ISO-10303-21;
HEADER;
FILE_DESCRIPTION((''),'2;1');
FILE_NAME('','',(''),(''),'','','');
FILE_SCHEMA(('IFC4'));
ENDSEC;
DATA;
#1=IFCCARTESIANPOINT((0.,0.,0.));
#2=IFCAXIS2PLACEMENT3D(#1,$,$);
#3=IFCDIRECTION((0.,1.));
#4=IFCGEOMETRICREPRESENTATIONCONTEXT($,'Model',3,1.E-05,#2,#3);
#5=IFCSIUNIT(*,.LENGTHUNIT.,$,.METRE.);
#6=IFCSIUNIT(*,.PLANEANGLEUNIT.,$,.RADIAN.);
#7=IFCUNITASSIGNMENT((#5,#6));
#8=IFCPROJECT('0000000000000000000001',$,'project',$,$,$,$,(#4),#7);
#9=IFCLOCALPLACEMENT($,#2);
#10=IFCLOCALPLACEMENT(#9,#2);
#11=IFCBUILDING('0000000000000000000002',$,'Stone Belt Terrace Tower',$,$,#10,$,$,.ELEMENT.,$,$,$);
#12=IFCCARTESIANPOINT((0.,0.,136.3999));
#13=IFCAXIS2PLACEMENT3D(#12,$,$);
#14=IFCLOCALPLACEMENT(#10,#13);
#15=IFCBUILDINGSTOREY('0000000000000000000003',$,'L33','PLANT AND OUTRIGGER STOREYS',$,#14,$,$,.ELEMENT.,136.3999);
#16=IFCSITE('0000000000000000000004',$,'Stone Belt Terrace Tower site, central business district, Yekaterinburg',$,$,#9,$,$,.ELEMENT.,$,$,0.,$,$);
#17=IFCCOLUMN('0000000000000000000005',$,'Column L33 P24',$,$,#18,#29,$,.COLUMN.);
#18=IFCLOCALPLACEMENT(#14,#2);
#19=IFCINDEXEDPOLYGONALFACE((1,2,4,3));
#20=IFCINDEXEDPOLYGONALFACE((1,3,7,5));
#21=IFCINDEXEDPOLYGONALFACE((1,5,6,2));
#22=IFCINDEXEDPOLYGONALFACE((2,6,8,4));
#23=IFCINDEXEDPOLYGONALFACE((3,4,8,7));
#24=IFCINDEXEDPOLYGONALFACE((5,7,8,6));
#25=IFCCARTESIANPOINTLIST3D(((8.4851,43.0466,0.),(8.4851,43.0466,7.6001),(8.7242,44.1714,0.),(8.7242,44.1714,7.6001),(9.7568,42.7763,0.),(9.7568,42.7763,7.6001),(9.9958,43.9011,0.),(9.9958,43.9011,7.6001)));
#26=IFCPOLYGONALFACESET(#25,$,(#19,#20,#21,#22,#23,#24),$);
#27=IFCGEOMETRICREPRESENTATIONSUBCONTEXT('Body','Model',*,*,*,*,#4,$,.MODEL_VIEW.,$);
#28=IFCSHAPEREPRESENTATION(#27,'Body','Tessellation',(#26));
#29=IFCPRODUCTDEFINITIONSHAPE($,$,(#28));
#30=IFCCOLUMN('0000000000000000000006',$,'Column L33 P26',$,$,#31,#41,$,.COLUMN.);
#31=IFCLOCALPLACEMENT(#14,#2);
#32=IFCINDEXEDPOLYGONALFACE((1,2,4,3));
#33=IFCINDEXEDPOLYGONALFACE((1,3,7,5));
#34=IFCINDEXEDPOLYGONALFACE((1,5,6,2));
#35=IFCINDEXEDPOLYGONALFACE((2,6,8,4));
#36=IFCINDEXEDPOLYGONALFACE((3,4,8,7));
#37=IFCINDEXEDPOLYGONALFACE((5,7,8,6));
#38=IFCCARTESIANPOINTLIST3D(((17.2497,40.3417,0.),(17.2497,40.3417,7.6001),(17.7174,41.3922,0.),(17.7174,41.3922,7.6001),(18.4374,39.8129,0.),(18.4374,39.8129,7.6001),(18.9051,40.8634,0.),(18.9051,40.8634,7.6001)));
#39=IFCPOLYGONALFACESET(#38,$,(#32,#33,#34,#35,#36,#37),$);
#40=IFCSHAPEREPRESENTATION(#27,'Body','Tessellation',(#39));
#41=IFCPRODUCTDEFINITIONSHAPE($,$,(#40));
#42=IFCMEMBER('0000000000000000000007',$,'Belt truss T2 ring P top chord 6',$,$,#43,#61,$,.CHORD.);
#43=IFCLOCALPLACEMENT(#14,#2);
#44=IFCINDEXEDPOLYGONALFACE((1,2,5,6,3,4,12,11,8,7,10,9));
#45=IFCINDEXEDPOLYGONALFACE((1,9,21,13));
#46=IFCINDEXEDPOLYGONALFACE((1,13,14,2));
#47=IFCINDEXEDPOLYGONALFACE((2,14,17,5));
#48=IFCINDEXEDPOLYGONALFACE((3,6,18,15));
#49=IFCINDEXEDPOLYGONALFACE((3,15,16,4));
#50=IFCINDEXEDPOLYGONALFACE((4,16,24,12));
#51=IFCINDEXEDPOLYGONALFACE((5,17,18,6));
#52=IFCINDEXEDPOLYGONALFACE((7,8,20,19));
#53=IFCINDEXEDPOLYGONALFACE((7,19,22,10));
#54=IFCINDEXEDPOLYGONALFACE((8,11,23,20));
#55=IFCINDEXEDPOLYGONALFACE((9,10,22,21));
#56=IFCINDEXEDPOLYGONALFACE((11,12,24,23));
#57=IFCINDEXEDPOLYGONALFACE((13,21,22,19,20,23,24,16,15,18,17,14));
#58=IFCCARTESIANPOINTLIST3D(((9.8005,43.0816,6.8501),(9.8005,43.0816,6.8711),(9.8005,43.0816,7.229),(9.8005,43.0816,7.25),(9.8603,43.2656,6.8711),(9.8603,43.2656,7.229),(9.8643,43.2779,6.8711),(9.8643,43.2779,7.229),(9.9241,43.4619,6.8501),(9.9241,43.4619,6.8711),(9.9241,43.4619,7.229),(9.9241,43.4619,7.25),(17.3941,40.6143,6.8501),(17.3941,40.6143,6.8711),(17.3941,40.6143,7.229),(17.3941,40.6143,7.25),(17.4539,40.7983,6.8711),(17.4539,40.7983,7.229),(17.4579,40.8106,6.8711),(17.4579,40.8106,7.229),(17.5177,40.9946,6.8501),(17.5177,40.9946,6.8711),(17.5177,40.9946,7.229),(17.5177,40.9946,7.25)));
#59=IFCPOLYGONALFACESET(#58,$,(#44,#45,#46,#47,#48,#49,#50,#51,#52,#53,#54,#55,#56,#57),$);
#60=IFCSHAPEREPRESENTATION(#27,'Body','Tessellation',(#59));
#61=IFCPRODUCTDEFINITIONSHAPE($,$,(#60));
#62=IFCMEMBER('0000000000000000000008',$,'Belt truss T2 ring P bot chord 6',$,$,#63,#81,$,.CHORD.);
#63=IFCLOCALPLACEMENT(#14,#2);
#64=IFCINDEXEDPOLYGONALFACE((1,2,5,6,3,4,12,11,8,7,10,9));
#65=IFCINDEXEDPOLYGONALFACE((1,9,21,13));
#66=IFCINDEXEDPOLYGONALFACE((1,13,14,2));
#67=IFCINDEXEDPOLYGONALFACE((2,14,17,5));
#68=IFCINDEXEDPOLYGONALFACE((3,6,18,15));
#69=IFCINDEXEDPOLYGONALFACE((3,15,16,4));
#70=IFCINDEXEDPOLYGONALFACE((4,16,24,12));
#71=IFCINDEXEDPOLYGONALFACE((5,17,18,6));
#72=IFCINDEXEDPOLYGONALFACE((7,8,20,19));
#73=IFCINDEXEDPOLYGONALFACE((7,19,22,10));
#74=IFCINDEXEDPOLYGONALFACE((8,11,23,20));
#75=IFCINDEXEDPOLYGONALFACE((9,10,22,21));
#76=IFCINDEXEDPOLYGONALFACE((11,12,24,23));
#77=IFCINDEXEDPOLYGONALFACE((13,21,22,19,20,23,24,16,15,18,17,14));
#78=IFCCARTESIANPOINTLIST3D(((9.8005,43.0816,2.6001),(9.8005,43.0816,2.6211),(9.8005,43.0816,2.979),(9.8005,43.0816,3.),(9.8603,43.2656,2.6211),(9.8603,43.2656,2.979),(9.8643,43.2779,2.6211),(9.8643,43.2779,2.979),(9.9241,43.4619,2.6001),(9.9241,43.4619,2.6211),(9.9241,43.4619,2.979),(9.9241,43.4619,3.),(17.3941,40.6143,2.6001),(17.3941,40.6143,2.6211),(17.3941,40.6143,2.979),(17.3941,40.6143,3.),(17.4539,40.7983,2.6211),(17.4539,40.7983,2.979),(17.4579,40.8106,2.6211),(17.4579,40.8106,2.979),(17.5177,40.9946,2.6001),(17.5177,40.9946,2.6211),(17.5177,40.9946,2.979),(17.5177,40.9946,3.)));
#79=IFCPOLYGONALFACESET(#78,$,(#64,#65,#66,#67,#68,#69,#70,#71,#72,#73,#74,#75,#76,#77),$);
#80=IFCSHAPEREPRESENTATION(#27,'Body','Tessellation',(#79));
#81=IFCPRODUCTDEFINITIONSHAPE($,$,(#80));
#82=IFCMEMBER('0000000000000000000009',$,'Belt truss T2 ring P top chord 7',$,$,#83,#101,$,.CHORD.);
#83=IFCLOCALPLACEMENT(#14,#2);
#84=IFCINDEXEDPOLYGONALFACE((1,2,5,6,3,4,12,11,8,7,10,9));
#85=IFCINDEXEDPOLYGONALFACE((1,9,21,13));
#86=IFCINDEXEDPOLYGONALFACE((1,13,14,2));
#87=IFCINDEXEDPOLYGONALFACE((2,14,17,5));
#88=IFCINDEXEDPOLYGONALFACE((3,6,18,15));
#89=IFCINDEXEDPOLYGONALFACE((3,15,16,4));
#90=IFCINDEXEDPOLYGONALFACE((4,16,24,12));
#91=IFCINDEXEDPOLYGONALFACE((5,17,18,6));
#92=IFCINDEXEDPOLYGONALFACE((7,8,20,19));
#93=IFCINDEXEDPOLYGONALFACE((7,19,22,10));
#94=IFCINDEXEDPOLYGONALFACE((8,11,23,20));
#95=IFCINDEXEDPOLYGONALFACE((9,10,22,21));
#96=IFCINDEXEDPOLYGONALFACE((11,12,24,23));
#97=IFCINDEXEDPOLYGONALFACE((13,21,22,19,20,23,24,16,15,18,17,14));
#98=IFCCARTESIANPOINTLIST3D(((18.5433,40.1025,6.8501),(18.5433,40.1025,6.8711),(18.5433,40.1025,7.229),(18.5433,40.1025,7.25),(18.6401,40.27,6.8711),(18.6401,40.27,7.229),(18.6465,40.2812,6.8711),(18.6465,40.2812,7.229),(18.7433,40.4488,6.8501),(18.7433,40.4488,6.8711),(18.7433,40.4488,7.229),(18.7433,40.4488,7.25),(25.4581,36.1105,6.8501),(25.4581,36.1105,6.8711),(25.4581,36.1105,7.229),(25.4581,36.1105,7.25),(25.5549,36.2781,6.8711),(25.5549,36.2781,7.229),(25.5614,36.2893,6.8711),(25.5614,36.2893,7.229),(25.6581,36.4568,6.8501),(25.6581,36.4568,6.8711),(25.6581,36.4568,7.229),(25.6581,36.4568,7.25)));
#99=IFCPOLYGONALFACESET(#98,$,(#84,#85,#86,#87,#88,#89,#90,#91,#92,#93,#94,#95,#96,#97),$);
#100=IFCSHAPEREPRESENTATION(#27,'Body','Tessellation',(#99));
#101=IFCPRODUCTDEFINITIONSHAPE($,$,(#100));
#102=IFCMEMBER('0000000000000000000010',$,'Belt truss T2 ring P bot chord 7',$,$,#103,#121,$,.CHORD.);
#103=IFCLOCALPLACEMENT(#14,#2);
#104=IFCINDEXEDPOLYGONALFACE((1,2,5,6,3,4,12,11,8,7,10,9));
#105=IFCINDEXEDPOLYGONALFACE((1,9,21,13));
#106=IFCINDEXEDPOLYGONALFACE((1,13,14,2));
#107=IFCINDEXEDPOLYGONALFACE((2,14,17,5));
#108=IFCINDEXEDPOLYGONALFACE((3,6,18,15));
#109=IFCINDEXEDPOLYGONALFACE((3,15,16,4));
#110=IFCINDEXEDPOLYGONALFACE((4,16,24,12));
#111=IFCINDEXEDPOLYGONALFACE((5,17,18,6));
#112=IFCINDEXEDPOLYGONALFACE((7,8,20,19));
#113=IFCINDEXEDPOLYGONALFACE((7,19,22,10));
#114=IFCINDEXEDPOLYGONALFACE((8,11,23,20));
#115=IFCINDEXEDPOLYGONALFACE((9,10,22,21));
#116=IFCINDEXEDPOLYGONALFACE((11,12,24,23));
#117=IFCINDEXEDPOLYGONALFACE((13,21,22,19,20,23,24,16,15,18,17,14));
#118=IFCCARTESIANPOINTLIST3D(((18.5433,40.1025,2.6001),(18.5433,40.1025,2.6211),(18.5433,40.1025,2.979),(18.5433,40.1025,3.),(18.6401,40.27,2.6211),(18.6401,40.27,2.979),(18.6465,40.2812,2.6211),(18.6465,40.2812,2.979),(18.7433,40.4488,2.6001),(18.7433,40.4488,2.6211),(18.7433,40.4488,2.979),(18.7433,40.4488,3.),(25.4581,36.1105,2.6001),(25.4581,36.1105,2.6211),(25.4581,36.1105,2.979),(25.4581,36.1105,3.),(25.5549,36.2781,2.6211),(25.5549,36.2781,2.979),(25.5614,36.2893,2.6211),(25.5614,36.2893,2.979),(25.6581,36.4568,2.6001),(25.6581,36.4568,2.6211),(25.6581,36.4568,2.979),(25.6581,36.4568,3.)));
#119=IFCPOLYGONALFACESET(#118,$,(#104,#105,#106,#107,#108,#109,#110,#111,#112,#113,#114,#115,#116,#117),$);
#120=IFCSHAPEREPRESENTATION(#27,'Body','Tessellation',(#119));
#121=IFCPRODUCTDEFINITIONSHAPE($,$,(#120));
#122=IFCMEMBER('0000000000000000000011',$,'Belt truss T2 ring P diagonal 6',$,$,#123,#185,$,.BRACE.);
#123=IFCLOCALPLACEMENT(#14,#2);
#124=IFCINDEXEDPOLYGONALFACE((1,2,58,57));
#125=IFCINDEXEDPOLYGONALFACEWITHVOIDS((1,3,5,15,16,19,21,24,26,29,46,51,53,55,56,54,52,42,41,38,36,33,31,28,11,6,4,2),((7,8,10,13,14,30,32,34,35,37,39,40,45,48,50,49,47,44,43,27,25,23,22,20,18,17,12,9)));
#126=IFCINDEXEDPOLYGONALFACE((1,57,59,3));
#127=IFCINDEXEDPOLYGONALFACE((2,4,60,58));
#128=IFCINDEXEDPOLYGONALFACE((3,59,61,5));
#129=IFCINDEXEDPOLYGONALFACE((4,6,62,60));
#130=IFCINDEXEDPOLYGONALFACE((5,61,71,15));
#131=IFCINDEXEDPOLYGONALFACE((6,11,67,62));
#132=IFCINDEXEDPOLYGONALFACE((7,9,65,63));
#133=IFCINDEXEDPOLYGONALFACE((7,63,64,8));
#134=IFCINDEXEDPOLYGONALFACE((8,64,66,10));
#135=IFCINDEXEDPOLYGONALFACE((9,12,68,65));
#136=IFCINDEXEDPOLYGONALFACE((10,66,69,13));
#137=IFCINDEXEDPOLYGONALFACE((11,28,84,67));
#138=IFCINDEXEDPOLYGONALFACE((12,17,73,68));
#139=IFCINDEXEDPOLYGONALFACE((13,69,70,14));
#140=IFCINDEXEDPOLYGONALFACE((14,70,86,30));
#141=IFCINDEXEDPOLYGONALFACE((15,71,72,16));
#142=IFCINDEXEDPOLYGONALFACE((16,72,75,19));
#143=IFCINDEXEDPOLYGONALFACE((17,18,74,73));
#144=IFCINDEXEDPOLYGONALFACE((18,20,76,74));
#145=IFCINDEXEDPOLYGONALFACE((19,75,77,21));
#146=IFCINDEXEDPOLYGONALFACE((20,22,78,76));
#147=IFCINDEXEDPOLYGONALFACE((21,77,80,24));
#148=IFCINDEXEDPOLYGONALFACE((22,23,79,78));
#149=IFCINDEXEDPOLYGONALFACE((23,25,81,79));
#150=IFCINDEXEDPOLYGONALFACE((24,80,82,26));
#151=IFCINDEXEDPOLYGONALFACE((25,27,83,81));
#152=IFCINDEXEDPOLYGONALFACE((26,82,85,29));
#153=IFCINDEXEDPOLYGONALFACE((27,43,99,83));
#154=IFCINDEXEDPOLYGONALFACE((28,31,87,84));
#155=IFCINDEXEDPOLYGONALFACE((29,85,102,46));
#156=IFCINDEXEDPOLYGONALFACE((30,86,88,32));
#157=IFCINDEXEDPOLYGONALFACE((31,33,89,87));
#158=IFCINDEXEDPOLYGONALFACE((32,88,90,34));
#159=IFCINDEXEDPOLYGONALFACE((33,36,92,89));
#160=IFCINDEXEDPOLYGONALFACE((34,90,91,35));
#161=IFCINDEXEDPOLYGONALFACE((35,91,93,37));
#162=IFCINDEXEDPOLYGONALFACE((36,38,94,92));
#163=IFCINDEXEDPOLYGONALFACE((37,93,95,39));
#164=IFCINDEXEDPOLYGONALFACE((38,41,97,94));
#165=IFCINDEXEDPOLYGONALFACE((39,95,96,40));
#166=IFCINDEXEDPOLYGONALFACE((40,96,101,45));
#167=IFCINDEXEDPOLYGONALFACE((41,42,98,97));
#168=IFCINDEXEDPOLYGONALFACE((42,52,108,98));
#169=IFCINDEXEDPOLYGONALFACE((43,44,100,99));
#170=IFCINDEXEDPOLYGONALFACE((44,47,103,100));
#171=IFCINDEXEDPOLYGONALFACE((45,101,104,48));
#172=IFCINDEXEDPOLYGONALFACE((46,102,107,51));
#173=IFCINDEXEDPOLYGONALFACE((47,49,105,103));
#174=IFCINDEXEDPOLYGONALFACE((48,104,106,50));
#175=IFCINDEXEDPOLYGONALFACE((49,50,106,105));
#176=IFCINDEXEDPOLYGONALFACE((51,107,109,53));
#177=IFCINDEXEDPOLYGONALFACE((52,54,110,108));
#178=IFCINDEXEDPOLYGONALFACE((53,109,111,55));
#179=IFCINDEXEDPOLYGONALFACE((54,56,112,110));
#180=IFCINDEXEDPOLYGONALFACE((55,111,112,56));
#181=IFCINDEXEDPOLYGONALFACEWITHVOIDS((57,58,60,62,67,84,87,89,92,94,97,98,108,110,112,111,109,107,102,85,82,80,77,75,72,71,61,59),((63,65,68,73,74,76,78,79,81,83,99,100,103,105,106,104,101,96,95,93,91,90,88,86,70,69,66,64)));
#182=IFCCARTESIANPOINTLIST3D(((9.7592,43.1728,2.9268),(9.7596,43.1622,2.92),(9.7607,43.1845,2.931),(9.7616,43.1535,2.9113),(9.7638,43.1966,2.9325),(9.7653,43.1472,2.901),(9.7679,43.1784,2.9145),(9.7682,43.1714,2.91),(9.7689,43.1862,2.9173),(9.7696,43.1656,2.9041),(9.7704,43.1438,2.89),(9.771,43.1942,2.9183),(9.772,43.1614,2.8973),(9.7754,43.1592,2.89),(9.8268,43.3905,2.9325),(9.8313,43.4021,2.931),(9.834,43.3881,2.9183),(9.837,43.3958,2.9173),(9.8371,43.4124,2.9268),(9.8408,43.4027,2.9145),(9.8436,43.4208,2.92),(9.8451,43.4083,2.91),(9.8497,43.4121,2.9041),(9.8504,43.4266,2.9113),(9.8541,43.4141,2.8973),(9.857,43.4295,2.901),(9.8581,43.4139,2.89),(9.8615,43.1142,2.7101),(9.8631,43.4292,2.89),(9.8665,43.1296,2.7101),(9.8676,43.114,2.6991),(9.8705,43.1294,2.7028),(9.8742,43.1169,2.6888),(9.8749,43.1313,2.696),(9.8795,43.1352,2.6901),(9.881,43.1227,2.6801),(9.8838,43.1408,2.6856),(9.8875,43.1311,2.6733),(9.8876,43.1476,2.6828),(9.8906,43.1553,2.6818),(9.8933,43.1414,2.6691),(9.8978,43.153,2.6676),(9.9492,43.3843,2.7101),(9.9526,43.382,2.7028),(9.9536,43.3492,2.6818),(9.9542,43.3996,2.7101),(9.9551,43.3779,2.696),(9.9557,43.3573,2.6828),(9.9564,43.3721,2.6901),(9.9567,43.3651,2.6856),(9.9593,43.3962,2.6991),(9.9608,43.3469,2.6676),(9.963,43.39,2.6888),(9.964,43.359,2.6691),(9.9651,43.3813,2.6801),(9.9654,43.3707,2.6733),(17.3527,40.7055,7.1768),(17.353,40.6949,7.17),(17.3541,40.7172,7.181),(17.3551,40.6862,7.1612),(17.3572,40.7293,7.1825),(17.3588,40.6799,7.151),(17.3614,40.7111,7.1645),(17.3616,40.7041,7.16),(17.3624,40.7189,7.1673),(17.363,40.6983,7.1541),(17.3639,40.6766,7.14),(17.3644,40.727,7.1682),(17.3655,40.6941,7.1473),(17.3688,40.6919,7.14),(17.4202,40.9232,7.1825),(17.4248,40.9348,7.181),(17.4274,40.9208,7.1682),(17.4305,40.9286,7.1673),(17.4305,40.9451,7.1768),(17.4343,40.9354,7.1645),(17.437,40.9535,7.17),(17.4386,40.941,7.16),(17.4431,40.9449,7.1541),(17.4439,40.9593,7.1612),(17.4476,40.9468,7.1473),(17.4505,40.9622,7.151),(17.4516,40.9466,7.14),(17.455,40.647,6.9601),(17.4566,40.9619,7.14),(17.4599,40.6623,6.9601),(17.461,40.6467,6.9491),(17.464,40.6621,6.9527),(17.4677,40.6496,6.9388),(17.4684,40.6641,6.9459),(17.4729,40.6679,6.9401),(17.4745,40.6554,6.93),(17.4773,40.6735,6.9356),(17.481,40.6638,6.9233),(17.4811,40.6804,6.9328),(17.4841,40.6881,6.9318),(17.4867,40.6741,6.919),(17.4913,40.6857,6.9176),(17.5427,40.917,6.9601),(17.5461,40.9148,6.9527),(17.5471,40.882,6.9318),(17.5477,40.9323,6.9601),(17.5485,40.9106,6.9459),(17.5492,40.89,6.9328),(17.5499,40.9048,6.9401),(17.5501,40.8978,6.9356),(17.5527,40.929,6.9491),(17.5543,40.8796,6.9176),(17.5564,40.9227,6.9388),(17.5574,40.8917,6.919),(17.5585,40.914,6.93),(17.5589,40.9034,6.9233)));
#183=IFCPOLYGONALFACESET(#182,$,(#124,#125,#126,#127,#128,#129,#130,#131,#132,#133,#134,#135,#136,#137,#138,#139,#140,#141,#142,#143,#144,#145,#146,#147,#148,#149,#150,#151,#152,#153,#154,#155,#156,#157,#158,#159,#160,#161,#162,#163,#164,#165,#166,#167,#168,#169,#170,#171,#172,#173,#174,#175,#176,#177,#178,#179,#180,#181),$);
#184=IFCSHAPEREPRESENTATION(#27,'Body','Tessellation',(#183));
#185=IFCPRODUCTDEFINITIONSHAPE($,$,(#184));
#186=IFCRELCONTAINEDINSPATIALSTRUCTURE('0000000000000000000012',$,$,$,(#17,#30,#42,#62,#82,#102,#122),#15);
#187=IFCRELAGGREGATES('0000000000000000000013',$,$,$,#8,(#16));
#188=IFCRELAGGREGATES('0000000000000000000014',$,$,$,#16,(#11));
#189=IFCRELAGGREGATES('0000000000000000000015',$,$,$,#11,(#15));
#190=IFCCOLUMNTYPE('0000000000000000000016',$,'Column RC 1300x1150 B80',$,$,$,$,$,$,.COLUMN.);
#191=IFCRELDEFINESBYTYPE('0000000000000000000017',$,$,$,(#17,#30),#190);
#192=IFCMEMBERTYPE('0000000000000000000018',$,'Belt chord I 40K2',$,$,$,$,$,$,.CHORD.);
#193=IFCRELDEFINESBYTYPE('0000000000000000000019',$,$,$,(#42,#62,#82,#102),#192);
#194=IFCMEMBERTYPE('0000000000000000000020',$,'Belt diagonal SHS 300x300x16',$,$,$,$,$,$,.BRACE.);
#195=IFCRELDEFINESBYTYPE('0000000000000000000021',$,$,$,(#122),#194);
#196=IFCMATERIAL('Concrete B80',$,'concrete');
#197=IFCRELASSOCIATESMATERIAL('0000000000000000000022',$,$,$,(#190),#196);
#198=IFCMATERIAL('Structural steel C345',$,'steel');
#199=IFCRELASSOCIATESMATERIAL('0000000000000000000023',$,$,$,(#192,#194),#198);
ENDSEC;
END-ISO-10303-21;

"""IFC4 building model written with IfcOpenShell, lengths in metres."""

from ifc_helpers import new_model, si_unit, direction, frame, origin, origin_2d, place, context, subcontext, project, spatial, rectangle, hollow_rectangle, i_section, extrude, material, material_profile, profile_set, type_object, element, save


model = new_model("IFC4")

# Units and contexts
model_context = context("Model", 3, precision=1e-05, world=origin(), true_north=direction((0.0, 1.0)))
body_context = subcontext(model_context, "Body", "Model", "MODEL_VIEW")
ifc_project = project(units=[si_unit("LENGTHUNIT", "METRE"), si_unit("PLANEANGLEUNIT", "RADIAN")], contexts=[model_context])

# Site, building, storey
site_placement = place(None, origin())
site = spatial("IfcSite", under=ifc_project, at=site_placement, Name="Stone Belt Terrace Tower site, central business district, Yekaterinburg", CompositionType="ELEMENT", RefElevation=0.0)
building_placement = place(site_placement, origin())
building = spatial("IfcBuilding", under=site, at=building_placement, Name="Stone Belt Terrace Tower", CompositionType="ELEMENT")
storey_placement = place(building_placement, frame((0.0, 0.0, 136.3999)))
storey = spatial("IfcBuildingStorey", under=building, at=storey_placement, Name="L33", Description="PLANT AND OUTRIGGER STOREYS", CompositionType="ELEMENT", Elevation=136.3999)

# Columns
ifc_material_1 = material(Name="Concrete B80", Category="concrete")
ifc_material_profile_1 = material_profile(ifc_material_1, rectangle(XDim=1.3, YDim=1.1499, at=origin_2d()), Name="RC 1300x1150")
ifc_profile_set_1 = profile_set([ifc_material_profile_1], Name="Concrete B80")
column_type = type_object("IfcColumnType", Name="Column RC 1300x1150 B80", PredefinedType="COLUMN", material=ifc_profile_set_1)
for number, where, z_axis, x_axis, name in (
    (1, (9.2405, 43.4739, 0.0), (0.0, 0.0, 1.0), (0.978148, -0.207912, 0.0), "Column L33 P24"),
    (2, (18.0774, 40.6025, 0.0), (0.0, 0.0, 1.0), (0.913545, -0.406737, 0.0), "Column L33 P26"),
):
    element("IfcColumn", number, at=place(storey_placement, frame(where, z_axis=z_axis, x_axis=x_axis)), inside=storey, type_object=column_type, Name=name, PredefinedType="COLUMN", context=body_context, shape_type="SweptSolid", body=[
        extrude(rectangle(XDim=1.3, YDim=1.1499, at=origin_2d()), origin(), (0.0, 0.0, 1.0), 7.6001),
    ])

# Members
ifc_material_2 = material(Name="Structural steel C345", Category="steel")
ifc_material_profile_2 = material_profile(ifc_material_2, i_section(OverallWidth=0.3999, OverallDepth=0.3999, WebThickness=0.0129, FlangeThickness=0.021, at=origin_2d()), Name="I 40K2")
ifc_profile_set_2 = profile_set([ifc_material_profile_2], Name="Structural steel C345")
member_type_1 = type_object("IfcMemberType", Name="Belt chord I 40K2", PredefinedType="CHORD", material=ifc_profile_set_2)
for number, where, z_axis, x_axis, name in (
    (3, (9.8623, 43.2717, 7.05), (0.951056, -0.309018, 0.0), (0.309018, 0.951056, 0.0), "Belt truss T2 ring P top chord 6"),
    (4, (9.8623, 43.2717, 2.8), (0.951056, -0.309018, 0.0), (0.309018, 0.951056, 0.0), "Belt truss T2 ring P bot chord 6"),
    (5, (18.6433, 40.2756, 7.05), (0.866043, -0.49997, 0.0), (0.49997, 0.866043, 0.0), "Belt truss T2 ring P top chord 7"),
    (6, (18.6433, 40.2756, 2.8), (0.866043, -0.49997, 0.0), (0.49997, 0.866043, 0.0), "Belt truss T2 ring P bot chord 7"),
):
    element("IfcMember", number, at=place(storey_placement, frame(where, z_axis=z_axis, x_axis=x_axis)), inside=storey, type_object=member_type_1, Name=name, PredefinedType="CHORD", context=body_context, shape_type="SweptSolid", body=[
        extrude(i_section(OverallWidth=0.3999, OverallDepth=0.3999, WebThickness=0.0129, FlangeThickness=0.021, at=origin_2d()), origin(), (0.0, 0.0, 1.0), 7.9844),
    ])
ifc_material_profile_3 = material_profile(ifc_material_2, hollow_rectangle(XDim=0.3, YDim=0.3, WallThickness=0.0161, InnerFilletRadius=0.032, OuterFilletRadius=0.0481, at=origin_2d()), Name="SHS 300x300x16")
ifc_profile_set_3 = profile_set([ifc_material_profile_3], Name="Structural steel C345")
member_type_2 = type_object("IfcMemberType", Name="Belt diagonal SHS 300x300x16", PredefinedType="BRACE", material=ifc_profile_set_3)
for number, where, z_axis, x_axis, name in (
    (7, (9.8623, 43.2717, 2.8), (0.839529, -0.27278, 0.469875), (0.309018, 0.951056, 0.0), "Belt truss T2 ring P diagonal 6"),
):
    element("IfcMember", number, at=place(storey_placement, frame(where, z_axis=z_axis, x_axis=x_axis)), inside=storey, type_object=member_type_2, Name=name, PredefinedType="BRACE", context=body_context, shape_type="SweptSolid", body=[
        extrude(hollow_rectangle(XDim=0.3, YDim=0.3, WallThickness=0.0161, InnerFilletRadius=0.032, OuterFilletRadius=0.0481, at=origin_2d()), origin(), (0.0, 0.0, 1.0), 9.0449),
    ])

save(model, "model.ifc")
